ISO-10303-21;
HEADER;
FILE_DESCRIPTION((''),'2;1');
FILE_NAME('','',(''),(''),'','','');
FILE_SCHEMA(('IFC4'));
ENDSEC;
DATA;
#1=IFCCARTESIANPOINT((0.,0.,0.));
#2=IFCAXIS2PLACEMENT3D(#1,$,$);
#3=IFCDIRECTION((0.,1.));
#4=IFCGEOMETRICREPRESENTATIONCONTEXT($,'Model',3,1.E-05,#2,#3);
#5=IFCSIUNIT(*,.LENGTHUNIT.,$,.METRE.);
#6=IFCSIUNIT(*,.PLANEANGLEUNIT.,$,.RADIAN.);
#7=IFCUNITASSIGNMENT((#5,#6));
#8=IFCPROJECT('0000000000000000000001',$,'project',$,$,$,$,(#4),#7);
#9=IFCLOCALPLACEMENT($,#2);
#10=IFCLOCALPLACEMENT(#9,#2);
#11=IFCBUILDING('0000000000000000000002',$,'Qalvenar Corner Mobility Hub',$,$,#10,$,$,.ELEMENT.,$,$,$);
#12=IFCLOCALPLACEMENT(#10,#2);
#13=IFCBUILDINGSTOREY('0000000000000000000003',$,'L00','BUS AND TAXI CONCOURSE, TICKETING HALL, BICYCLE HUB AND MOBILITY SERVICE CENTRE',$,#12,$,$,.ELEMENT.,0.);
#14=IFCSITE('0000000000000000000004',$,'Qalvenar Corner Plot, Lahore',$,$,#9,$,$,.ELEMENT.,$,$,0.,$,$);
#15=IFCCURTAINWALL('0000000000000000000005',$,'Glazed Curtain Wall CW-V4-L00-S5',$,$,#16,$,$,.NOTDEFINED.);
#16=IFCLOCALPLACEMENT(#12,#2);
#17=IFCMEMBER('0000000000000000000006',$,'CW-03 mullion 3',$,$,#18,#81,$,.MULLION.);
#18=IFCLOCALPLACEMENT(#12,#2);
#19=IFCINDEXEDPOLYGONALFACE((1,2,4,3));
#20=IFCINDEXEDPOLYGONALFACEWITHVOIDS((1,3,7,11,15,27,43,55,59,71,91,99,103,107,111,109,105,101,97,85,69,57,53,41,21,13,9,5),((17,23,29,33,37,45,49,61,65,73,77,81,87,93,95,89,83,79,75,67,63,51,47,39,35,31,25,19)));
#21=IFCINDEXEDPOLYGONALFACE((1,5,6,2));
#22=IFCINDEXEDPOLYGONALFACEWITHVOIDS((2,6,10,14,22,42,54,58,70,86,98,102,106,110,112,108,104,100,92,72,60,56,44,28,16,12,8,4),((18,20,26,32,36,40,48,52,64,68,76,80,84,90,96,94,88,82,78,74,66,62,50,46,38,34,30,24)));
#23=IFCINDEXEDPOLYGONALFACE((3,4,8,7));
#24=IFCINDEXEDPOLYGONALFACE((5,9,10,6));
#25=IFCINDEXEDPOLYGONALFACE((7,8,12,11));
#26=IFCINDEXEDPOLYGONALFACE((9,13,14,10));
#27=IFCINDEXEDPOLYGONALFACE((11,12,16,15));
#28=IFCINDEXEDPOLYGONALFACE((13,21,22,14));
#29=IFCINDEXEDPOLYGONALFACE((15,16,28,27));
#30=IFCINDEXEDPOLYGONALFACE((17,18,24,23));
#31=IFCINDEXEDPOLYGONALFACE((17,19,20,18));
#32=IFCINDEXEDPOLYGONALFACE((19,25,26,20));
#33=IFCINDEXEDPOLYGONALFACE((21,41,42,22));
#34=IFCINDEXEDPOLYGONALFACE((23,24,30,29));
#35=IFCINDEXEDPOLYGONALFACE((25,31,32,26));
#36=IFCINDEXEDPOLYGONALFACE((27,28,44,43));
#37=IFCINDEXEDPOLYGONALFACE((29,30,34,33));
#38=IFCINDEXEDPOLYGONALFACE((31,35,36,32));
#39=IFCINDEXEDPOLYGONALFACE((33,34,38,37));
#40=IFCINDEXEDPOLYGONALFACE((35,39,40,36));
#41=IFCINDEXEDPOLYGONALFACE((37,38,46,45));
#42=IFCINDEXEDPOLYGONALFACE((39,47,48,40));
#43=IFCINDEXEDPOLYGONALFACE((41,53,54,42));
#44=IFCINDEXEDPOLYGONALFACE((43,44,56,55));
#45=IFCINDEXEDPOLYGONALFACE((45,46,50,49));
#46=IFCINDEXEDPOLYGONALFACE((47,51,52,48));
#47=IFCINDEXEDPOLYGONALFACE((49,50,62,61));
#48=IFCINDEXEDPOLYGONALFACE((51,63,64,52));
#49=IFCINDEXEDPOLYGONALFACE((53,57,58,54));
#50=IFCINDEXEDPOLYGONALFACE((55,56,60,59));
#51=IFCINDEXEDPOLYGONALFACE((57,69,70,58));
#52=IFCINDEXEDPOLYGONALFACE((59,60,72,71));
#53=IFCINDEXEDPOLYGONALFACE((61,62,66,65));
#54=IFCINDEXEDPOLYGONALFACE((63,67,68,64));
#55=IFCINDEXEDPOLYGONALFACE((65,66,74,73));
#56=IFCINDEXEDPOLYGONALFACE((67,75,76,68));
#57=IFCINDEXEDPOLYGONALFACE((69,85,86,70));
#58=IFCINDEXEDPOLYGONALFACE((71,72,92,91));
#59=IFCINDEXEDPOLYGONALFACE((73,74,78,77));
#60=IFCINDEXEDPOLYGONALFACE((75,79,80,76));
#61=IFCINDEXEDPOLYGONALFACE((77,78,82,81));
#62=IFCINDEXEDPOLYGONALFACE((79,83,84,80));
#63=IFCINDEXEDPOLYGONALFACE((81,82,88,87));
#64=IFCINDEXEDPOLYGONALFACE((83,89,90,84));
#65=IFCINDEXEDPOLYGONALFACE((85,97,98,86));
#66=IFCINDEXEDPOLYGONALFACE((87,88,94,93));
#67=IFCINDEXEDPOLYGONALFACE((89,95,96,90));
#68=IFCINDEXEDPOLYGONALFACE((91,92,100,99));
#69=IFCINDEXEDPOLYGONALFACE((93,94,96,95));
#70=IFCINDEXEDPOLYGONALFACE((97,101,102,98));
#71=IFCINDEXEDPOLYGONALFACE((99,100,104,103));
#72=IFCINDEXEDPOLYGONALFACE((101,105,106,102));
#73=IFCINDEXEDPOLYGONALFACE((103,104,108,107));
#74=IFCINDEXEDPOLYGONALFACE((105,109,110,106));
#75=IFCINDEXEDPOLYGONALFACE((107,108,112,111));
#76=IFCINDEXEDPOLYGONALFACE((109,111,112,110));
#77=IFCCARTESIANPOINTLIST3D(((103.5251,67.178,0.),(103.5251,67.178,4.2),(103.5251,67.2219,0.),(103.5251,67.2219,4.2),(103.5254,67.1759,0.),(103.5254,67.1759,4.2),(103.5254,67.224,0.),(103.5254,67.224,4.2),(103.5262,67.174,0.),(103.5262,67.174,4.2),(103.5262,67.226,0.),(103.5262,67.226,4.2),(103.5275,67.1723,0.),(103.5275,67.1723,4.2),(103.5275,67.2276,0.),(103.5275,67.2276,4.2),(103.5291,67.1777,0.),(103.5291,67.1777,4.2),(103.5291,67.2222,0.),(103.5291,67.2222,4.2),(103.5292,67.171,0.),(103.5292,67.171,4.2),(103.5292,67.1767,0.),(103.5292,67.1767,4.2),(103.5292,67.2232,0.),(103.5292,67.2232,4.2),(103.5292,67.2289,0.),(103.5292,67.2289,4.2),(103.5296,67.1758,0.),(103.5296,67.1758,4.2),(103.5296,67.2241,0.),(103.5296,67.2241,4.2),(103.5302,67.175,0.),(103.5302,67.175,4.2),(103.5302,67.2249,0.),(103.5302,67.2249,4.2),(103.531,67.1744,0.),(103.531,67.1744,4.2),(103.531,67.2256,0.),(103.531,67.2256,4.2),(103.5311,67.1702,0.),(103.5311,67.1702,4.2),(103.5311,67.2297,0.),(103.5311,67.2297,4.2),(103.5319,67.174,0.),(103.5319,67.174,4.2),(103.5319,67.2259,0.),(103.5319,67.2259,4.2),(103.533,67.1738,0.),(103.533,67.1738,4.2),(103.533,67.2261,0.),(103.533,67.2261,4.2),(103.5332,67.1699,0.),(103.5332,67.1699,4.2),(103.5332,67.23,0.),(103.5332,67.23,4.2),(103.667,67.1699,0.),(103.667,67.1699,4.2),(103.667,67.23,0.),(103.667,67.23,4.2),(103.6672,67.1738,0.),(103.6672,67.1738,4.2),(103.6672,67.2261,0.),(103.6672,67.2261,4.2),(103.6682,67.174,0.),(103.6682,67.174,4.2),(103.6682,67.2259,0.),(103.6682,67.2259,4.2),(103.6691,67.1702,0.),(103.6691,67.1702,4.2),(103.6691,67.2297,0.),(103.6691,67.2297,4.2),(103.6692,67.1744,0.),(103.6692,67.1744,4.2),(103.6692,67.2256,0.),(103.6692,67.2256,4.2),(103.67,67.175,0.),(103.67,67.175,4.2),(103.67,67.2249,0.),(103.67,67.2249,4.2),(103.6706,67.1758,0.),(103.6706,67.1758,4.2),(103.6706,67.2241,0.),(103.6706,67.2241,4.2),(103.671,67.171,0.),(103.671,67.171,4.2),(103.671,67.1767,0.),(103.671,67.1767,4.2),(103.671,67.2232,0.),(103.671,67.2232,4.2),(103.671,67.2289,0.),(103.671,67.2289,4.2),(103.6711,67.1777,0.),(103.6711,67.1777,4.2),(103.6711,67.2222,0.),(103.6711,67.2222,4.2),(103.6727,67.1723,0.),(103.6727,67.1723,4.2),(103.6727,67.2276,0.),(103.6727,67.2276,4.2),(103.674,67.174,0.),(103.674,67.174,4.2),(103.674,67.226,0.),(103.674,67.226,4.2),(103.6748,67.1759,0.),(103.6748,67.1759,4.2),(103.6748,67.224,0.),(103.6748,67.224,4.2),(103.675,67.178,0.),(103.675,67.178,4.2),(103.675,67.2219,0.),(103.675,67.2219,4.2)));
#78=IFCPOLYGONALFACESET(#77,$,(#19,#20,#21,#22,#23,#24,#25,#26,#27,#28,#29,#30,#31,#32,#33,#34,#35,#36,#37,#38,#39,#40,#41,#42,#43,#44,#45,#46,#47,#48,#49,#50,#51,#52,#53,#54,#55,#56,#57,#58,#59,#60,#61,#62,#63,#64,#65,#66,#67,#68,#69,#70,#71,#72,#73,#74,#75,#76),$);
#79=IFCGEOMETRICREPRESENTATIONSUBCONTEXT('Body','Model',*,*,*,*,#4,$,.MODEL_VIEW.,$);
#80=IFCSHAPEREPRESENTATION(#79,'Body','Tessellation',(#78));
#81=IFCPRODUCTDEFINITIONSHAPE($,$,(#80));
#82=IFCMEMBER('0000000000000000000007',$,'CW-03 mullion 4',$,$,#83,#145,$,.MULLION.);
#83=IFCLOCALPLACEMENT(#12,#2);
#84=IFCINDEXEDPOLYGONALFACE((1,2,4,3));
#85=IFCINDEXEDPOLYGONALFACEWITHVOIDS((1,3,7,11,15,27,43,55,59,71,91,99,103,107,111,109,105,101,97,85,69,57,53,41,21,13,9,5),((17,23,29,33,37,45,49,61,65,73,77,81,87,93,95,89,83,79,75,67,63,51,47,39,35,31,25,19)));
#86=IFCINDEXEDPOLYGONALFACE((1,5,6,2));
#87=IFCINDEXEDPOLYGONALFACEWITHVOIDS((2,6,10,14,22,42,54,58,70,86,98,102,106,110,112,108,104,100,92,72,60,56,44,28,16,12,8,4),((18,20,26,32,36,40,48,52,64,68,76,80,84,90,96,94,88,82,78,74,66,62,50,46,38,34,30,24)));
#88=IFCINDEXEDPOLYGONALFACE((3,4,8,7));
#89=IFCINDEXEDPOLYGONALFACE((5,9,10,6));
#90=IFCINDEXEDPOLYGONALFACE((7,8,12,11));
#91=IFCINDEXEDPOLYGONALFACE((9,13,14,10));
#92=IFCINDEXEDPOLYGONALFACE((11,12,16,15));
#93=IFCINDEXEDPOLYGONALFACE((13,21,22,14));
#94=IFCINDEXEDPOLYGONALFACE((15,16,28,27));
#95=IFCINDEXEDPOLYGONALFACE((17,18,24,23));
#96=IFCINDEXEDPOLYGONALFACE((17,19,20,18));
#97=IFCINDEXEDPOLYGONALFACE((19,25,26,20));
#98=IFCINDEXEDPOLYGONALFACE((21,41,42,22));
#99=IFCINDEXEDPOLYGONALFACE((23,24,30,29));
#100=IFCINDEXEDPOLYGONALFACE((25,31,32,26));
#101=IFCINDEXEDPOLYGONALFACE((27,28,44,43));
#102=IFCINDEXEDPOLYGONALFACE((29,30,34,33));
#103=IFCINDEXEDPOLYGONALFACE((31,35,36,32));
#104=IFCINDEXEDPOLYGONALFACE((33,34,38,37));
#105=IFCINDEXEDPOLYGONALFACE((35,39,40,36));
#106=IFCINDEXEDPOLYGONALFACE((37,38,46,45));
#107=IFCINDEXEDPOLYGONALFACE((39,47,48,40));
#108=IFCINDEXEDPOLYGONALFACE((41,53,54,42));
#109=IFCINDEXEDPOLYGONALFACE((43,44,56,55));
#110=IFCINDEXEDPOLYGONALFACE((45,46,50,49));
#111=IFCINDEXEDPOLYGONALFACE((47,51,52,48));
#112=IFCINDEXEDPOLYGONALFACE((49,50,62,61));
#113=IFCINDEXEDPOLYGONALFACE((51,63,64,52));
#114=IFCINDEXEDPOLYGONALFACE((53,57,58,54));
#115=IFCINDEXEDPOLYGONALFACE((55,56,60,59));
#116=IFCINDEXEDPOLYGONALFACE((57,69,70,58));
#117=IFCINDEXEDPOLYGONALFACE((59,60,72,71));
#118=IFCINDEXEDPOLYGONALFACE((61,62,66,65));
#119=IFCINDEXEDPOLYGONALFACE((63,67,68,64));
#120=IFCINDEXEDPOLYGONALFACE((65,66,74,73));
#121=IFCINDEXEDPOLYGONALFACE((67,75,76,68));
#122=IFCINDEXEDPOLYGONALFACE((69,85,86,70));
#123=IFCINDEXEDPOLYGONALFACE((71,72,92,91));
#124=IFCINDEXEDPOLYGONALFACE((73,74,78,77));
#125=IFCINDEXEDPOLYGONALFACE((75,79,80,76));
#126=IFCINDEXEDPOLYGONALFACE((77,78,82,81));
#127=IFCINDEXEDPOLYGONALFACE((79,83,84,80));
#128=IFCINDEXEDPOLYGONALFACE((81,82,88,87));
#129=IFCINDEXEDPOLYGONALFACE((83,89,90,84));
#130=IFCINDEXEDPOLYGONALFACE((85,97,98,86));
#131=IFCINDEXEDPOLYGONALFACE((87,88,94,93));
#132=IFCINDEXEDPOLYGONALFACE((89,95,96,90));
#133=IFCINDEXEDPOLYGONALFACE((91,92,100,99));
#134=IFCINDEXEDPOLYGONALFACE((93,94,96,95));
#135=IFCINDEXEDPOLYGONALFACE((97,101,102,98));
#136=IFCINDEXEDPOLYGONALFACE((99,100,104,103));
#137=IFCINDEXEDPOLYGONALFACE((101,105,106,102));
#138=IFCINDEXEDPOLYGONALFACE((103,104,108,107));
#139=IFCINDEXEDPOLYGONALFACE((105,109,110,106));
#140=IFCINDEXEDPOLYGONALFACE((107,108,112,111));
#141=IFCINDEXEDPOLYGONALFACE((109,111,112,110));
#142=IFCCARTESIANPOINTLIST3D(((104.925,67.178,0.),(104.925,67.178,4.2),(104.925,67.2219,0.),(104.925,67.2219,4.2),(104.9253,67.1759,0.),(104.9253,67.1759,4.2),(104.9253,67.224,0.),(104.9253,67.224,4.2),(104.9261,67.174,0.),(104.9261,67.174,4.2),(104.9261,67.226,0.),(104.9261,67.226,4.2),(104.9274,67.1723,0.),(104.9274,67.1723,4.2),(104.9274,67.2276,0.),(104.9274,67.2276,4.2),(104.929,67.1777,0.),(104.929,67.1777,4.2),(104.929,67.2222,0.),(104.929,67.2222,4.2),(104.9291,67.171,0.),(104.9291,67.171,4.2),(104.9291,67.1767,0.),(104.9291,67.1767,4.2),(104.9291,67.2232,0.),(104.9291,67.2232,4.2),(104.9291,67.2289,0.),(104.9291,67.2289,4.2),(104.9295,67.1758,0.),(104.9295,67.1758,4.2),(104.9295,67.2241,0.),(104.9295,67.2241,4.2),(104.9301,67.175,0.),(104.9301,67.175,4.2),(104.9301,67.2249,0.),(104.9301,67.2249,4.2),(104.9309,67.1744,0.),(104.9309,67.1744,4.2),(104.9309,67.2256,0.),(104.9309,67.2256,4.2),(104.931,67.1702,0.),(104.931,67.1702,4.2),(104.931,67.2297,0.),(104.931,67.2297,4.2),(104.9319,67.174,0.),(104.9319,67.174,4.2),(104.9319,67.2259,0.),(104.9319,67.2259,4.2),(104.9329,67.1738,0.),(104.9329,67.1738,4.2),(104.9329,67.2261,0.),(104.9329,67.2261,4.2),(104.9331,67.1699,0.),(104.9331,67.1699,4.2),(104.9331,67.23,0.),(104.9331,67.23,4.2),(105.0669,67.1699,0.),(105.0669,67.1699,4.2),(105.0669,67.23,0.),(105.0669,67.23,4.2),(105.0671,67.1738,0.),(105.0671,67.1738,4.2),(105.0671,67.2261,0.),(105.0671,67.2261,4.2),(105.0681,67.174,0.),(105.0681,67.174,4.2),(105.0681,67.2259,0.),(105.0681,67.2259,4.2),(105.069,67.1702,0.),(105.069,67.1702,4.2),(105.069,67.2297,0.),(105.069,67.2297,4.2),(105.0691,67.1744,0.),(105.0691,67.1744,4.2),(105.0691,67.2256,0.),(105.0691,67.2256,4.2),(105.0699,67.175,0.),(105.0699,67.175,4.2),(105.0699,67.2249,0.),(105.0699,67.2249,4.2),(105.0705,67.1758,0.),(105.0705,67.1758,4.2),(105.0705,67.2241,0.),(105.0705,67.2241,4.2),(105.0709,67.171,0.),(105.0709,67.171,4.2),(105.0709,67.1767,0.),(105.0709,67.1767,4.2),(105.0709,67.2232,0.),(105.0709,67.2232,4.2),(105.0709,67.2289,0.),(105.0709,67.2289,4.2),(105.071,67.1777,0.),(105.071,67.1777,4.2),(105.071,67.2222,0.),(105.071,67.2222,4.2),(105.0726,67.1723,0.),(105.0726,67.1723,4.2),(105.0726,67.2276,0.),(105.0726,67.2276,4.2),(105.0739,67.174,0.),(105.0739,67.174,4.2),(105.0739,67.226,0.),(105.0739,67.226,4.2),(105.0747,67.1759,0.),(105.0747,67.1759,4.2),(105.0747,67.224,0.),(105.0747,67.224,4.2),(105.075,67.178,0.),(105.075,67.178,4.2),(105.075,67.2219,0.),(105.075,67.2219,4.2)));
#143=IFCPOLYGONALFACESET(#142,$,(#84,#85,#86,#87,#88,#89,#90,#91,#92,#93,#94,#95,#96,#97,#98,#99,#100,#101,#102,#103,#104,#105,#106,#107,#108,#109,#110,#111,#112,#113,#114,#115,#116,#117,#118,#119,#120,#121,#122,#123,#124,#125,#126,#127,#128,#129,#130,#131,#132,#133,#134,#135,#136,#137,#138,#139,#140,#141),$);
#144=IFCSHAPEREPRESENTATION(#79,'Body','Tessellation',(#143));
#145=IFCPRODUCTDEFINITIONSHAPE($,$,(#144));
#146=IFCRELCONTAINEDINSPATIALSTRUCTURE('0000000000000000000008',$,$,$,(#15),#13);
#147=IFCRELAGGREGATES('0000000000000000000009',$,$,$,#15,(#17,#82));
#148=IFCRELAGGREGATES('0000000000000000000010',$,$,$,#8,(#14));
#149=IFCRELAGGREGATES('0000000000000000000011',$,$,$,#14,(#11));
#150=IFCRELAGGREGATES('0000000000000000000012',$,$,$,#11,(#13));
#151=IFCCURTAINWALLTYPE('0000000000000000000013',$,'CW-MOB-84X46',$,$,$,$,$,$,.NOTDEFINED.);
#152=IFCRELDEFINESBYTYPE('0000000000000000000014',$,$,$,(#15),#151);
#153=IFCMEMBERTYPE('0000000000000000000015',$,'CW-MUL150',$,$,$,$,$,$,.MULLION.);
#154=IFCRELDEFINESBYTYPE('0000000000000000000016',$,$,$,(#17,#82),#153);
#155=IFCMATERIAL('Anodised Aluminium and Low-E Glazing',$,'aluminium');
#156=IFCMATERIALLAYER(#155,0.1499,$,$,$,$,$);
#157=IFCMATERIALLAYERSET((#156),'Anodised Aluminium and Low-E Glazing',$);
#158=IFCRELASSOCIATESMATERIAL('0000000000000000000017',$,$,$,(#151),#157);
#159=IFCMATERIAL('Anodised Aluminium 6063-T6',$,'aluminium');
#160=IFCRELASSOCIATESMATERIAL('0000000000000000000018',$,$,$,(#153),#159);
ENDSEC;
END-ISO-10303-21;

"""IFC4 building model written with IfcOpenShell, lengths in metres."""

from ifc_helpers import new_model, si_unit, direction, frame, origin, origin_2d, place, context, subcontext, project, spatial, hollow_rectangle, extrude, material, layer, layer_set, material_profile, profile_set, type_object, element, aggregate, save


model = new_model("IFC4")

# Units and contexts
model_context = context("Model", 3, precision=1e-05, world=origin(), true_north=direction((0.0, 1.0)))
body_context = subcontext(model_context, "Body", "Model", "MODEL_VIEW")
ifc_project = project(units=[si_unit("LENGTHUNIT", "METRE"), si_unit("PLANEANGLEUNIT", "RADIAN")], contexts=[model_context])

# Site, building, storey
site_placement = place(None, origin())
site = spatial("IfcSite", under=ifc_project, at=site_placement, Name="Qalvenar Corner Plot, Lahore", CompositionType="ELEMENT", RefElevation=0.0)
building_placement = place(site_placement, origin())
building = spatial("IfcBuilding", under=site, at=building_placement, Name="Qalvenar Corner Mobility Hub", CompositionType="ELEMENT")
storey_placement = place(building_placement, origin())
storey = spatial("IfcBuildingStorey", under=building, at=storey_placement, Name="L00", Description="BUS AND TAXI CONCOURSE, TICKETING HALL, BICYCLE HUB AND MOBILITY SERVICE CENTRE", CompositionType="ELEMENT", Elevation=0.0)

# Curtain wall, members
ifc_material_1 = material(Name="Anodised Aluminium and Low-E Glazing", Category="aluminium")
ifc_layer_1 = layer(ifc_material_1, 0.1499)
ifc_layer_set_1 = layer_set([ifc_layer_1], Name="Anodised Aluminium and Low-E Glazing")
curtain_wall_type = type_object("IfcCurtainWallType", Name="CW-MOB-84X46", PredefinedType="NOTDEFINED", material=ifc_layer_set_1)
curtain_wall_placement = place(storey_placement, origin())
curtain_wall = element("IfcCurtainWall", 1, at=curtain_wall_placement, inside=storey, type_object=curtain_wall_type, Name="Glazed Curtain Wall CW-V4-L00-S5", PredefinedType="NOTDEFINED")
ifc_material_2 = material(Name="Anodised Aluminium 6063-T6", Category="aluminium")
ifc_material_profile_1 = material_profile(ifc_material_2, hollow_rectangle(XDim=0.0601, YDim=0.1499, WallThickness=0.0039, InnerFilletRadius=0.0039, OuterFilletRadius=0.0081, at=origin_2d()), Name="RHS150x60x4")
ifc_profile_set_1 = profile_set([ifc_material_profile_1], Name="Anodised Aluminium 6063-T6")
member_type_1 = type_object("IfcMemberType", Name="CW-MUL150", PredefinedType="MULLION", material=ifc_profile_set_1)
member_1_placement = place(storey_placement, frame((103.6001, 67.2, 0.0), z_axis=(0.0, 0.0, 1.0), x_axis=(0.0, 1.0, 0.0)))
member_1 = element("IfcMember", 2, at=member_1_placement, type_object=member_type_1, Name="CW-03 mullion 3", PredefinedType="MULLION", context=body_context, shape_type="SweptSolid", body=[
    extrude(hollow_rectangle(XDim=0.0601, YDim=0.1499, WallThickness=0.0039, InnerFilletRadius=0.0039, OuterFilletRadius=0.0081, at=origin_2d()), origin(), (0.0, 0.0, 1.0), 4.2),
])
member_2_placement = place(storey_placement, frame((105.0, 67.2, 0.0), z_axis=(0.0, 0.0, 1.0), x_axis=(0.0, 1.0, 0.0)))
member_2 = element("IfcMember", 3, at=member_2_placement, type_object=member_type_1, Name="CW-03 mullion 4", PredefinedType="MULLION", context=body_context, shape_type="SweptSolid", body=[
    extrude(hollow_rectangle(XDim=0.0601, YDim=0.1499, WallThickness=0.0039, InnerFilletRadius=0.0039, OuterFilletRadius=0.0081, at=origin_2d()), origin(), (0.0, 0.0, 1.0), 4.2),
])
aggregate(curtain_wall, [member_1, member_2])

save(model, "model.ifc")
